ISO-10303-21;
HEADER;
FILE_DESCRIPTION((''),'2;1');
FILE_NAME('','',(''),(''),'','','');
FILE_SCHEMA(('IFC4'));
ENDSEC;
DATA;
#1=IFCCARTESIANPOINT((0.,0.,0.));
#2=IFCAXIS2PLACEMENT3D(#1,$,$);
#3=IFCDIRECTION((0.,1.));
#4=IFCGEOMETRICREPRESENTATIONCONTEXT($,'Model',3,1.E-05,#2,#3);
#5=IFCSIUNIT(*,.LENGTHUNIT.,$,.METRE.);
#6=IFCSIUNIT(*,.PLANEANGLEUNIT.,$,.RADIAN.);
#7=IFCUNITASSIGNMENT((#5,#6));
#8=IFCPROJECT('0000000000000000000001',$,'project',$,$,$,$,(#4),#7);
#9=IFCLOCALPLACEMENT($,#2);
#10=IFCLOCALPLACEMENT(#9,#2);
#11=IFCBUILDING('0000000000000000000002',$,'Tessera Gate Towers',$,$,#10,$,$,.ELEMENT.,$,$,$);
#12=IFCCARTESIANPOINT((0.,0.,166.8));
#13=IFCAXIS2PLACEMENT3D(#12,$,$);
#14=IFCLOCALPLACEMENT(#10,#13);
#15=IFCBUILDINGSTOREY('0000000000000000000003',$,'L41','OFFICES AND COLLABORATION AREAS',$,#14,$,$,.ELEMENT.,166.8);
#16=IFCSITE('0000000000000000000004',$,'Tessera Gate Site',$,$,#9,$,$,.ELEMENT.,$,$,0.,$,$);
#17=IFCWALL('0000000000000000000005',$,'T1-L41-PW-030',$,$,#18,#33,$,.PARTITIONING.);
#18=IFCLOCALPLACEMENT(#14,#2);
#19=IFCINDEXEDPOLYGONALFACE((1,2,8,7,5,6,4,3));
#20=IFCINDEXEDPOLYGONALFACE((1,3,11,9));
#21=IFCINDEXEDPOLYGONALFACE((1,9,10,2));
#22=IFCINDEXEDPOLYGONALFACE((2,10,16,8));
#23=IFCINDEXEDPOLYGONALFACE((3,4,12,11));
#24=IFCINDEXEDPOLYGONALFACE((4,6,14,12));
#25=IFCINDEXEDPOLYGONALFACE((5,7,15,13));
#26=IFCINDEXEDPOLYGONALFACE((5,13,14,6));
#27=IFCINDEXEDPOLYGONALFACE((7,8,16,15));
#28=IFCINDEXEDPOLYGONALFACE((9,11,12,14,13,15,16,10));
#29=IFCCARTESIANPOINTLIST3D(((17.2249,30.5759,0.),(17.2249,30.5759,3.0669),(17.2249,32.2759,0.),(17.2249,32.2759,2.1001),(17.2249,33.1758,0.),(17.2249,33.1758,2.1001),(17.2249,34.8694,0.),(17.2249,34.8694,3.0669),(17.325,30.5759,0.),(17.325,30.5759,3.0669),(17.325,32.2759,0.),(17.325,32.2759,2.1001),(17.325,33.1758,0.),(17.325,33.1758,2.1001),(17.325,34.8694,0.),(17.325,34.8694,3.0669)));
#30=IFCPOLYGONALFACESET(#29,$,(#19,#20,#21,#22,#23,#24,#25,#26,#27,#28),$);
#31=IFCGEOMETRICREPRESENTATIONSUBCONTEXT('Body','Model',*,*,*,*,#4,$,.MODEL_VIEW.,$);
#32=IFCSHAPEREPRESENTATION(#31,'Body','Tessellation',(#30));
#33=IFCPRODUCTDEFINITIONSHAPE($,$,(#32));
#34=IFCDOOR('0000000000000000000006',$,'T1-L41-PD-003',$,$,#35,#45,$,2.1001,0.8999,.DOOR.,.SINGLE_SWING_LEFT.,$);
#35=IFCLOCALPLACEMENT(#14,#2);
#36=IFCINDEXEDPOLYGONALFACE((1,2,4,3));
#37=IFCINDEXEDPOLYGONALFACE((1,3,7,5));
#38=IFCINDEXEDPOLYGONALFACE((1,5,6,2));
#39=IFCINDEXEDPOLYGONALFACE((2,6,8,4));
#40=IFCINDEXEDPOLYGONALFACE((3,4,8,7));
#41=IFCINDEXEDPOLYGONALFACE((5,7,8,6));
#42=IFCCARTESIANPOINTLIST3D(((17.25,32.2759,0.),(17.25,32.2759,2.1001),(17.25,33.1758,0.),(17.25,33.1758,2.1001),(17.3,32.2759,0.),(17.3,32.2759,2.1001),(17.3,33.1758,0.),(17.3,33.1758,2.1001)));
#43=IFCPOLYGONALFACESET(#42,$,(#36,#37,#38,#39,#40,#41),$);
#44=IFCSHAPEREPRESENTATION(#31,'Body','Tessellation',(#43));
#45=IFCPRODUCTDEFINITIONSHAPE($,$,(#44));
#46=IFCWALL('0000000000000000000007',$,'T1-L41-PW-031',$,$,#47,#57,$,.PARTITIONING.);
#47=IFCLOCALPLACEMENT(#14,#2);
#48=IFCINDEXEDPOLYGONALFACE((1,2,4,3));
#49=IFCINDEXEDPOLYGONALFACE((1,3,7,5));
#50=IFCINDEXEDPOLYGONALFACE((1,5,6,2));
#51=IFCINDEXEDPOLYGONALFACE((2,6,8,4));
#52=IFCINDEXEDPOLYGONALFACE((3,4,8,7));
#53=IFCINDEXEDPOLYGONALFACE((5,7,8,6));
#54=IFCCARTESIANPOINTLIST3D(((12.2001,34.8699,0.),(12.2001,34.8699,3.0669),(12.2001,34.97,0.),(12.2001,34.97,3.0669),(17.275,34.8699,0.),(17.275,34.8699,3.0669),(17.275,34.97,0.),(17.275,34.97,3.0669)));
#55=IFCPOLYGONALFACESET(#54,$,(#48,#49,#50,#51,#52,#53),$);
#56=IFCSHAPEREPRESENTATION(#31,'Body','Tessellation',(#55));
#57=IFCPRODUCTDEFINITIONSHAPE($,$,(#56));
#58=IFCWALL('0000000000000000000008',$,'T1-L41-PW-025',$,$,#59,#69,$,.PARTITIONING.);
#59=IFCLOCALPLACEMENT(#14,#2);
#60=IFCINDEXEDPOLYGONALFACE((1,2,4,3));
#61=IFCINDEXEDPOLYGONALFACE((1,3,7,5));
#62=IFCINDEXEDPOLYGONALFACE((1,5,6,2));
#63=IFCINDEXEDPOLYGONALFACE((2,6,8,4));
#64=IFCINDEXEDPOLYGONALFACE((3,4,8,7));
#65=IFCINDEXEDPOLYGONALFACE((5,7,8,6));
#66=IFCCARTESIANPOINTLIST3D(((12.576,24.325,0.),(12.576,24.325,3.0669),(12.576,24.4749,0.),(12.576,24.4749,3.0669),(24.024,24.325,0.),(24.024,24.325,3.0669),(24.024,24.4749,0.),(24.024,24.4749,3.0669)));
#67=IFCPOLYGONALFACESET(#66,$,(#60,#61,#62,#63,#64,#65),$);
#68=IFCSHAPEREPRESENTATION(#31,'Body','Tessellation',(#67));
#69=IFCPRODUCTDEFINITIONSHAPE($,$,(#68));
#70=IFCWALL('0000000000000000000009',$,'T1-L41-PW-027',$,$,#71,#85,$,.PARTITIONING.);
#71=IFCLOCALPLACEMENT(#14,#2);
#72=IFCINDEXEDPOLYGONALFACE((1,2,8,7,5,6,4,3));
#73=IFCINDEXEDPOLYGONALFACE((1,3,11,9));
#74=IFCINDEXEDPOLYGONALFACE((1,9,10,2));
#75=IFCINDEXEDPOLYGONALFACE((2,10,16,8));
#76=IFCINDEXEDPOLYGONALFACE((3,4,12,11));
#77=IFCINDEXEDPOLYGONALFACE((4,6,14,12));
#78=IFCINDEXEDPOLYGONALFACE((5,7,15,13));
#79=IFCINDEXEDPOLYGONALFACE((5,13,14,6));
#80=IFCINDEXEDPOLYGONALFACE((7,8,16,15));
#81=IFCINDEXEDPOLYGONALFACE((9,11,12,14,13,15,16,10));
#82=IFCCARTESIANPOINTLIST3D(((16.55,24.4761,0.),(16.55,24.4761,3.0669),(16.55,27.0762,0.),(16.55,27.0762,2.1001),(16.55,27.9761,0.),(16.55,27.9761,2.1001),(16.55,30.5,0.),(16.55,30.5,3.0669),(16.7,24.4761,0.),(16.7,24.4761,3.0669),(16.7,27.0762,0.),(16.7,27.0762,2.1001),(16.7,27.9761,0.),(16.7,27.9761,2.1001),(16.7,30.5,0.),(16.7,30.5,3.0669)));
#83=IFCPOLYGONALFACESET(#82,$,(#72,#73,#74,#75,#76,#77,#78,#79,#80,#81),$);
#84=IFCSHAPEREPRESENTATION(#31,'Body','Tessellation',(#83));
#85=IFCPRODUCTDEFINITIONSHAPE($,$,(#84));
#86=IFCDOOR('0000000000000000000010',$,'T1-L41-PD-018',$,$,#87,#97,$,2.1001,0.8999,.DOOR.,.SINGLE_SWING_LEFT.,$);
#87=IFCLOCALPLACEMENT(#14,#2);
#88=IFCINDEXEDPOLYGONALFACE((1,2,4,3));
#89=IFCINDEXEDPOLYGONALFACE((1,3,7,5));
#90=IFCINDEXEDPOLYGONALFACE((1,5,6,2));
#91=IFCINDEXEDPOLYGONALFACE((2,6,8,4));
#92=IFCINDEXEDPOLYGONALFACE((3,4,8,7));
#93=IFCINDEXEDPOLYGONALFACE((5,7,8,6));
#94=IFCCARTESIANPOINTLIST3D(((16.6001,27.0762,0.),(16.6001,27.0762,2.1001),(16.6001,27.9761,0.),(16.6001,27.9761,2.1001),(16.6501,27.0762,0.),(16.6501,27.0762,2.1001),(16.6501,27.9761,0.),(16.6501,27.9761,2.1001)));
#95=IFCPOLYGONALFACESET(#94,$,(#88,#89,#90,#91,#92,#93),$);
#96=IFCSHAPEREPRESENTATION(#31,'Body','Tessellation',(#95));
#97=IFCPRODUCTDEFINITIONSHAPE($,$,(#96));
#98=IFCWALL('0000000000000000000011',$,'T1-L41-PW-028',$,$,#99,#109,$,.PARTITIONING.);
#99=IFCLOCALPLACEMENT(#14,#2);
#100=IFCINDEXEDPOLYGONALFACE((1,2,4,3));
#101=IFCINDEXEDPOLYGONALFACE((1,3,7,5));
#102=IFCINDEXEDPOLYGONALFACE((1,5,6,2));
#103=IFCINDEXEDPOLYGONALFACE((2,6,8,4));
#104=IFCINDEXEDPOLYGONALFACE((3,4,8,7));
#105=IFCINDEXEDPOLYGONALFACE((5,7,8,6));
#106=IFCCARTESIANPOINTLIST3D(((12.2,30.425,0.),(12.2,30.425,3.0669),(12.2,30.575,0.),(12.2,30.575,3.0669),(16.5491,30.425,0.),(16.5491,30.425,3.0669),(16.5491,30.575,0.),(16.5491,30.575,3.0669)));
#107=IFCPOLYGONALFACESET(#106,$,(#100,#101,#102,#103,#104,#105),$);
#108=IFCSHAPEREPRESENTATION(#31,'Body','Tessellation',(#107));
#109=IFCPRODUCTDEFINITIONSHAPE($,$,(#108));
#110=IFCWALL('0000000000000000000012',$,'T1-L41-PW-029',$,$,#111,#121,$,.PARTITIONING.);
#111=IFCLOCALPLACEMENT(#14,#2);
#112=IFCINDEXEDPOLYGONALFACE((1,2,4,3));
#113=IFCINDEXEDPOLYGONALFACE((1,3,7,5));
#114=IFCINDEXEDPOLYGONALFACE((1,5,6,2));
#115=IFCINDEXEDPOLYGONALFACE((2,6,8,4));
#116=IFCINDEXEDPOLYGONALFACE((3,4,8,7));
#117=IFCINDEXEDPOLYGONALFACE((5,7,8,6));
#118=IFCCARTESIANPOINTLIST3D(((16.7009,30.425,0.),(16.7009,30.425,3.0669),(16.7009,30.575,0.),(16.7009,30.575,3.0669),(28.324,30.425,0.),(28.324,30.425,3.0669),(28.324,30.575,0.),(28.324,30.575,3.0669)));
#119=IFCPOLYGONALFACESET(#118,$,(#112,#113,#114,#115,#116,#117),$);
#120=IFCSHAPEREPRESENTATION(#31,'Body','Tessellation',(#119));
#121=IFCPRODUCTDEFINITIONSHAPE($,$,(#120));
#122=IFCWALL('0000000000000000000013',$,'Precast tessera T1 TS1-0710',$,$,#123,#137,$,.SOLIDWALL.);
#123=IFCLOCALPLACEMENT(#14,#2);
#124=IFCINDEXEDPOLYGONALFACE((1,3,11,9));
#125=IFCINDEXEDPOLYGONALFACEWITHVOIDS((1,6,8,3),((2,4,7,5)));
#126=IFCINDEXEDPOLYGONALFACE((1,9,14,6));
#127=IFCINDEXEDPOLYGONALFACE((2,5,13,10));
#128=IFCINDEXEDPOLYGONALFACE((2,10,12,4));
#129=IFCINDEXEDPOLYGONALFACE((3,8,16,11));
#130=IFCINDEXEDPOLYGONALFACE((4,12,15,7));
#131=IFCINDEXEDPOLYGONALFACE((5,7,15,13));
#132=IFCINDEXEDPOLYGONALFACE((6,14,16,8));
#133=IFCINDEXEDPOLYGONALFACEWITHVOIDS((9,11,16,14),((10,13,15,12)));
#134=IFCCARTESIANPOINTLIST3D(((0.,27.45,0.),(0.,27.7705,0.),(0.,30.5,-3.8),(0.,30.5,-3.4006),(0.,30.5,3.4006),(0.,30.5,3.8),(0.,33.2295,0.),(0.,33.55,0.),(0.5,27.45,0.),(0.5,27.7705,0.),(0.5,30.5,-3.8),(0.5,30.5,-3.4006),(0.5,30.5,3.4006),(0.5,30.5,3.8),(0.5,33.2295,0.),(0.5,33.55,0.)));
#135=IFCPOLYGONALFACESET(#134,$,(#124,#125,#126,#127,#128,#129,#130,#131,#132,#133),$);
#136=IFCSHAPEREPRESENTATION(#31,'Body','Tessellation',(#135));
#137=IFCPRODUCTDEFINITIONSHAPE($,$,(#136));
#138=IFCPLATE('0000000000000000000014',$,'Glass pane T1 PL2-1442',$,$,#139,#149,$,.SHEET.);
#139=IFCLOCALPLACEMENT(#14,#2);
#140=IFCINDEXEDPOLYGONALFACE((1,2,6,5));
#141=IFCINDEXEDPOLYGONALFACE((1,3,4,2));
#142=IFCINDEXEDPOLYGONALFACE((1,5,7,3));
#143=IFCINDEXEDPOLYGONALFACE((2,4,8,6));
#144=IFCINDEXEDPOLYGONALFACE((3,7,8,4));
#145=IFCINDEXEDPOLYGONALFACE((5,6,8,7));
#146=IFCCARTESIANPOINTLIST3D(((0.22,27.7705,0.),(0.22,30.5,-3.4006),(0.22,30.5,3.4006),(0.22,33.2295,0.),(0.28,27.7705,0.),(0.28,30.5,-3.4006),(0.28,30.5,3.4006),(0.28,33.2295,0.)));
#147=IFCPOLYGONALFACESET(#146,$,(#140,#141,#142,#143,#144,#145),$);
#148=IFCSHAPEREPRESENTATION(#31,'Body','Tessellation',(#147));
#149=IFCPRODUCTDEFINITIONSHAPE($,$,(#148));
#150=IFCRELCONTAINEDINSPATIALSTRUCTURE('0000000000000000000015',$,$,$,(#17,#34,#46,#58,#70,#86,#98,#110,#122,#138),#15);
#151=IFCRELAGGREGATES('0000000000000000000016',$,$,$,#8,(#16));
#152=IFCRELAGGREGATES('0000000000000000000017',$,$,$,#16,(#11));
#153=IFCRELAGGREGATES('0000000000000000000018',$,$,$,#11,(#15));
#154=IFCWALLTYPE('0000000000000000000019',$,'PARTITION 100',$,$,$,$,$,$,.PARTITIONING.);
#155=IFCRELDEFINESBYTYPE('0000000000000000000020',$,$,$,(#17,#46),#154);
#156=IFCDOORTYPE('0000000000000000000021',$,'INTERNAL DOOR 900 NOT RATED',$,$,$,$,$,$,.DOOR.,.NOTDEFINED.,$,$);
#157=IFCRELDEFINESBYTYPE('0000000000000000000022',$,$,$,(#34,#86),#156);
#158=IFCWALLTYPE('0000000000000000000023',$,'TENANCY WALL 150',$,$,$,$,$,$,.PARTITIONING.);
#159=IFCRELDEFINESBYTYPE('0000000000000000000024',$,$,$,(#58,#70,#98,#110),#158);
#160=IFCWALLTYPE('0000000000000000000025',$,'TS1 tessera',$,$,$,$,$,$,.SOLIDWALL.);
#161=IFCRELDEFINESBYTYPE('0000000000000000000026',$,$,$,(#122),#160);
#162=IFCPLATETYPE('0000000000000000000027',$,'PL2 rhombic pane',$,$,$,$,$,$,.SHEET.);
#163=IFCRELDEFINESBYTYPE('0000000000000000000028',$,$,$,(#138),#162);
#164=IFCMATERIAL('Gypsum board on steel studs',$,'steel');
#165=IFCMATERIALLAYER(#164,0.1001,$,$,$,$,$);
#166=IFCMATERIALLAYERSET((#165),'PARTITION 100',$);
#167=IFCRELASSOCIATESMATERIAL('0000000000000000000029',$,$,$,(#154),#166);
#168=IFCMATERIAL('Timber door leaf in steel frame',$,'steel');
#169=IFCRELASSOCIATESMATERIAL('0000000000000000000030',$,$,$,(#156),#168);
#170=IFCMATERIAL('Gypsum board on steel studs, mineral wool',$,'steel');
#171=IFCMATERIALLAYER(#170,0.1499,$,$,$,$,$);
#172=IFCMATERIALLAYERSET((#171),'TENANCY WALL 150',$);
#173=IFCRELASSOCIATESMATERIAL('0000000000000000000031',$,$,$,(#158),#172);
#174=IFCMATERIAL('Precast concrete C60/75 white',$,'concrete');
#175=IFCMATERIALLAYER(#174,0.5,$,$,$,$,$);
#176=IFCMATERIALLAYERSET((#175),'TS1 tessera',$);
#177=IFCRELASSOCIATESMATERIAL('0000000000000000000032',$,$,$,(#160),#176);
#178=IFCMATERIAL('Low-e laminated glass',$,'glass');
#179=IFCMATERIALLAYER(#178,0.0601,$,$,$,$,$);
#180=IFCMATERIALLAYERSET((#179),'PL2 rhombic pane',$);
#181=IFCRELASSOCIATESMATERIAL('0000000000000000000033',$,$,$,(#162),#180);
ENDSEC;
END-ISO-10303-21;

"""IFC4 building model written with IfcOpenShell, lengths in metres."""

from ifc_helpers import new_model, si_unit, direction, frame, frame_2d, origin, place, context, subcontext, project, spatial, polyline, rectangle, outline, extrude, source, transform, mapped, material, layer, layer_set, type_object, element, fill, save


model = new_model("IFC4")

# Units and contexts
model_context = context("Model", 3, precision=1e-05, world=origin(), true_north=direction((0.0, 1.0)))
body_context = subcontext(model_context, "Body", "Model", "MODEL_VIEW")
ifc_project = project(units=[si_unit("LENGTHUNIT", "METRE"), si_unit("PLANEANGLEUNIT", "RADIAN")], contexts=[model_context])

# Site, building, storey
site_placement = place(None, origin())
site = spatial("IfcSite", under=ifc_project, at=site_placement, Name="Tessera Gate Site", CompositionType="ELEMENT", RefElevation=0.0)
building_placement = place(site_placement, origin())
building = spatial("IfcBuilding", under=site, at=building_placement, Name="Tessera Gate Towers", CompositionType="ELEMENT")
storey_placement = place(building_placement, frame((0.0, 0.0, 166.8)))
storey = spatial("IfcBuildingStorey", under=building, at=storey_placement, Name="L41", Description="OFFICES AND COLLABORATION AREAS", CompositionType="ELEMENT", Elevation=166.8)

# Wall, opening, door
shared_shape_1 = source(origin(), body_context, "Body", "SweptSolid", [
    extrude(rectangle(XDim=0.8999, YDim=2.1001, at=frame_2d((0.45, 1.05))), frame((0.0, 0.0601, 0.0), z_axis=(0.0, -1.0, 0.0), x_axis=(1.0, 0.0, 0.0)), (0.0, 0.0, 1.0), 0.1201),
])
shared_shape_2 = source(origin(), body_context, "Body", "SweptSolid", [
    extrude(rectangle(XDim=0.8999, YDim=2.1001, at=frame_2d((0.45, 1.05))), frame((0.0, 0.0249, 0.0), z_axis=(0.0, -1.0, 0.0), x_axis=(1.0, 0.0, 0.0)), (0.0, 0.0, 1.0), 0.05),
])
ifc_material_1 = material(Name="Gypsum board on steel studs", Category="steel")
ifc_layer_1 = layer(ifc_material_1, 0.1001)
ifc_layer_set_1 = layer_set([ifc_layer_1], Name="PARTITION 100")
wall_type_1 = type_object("IfcWallType", Name="PARTITION 100", PredefinedType="PARTITIONING", material=ifc_layer_set_1)
wall_1_placement = place(storey_placement, frame((17.2749, 30.5759, 0.0), z_axis=(0.0, 0.0, 1.0), x_axis=(0.0, 1.0, 0.0)))
wall_1 = element("IfcWall", 1, at=wall_1_placement, inside=storey, type_object=wall_type_1, Name="T1-L41-PW-030", PredefinedType="PARTITIONING", context=body_context, shape_type="SweptSolid", body=[
    extrude(rectangle(XDim=4.2935, YDim=0.1001, at=frame_2d((2.1467, 0.0))), origin(), (0.0, 0.0, 1.0), 3.0669),
])
opening_1_placement = place(wall_1_placement, frame((1.7, 0.0, 0.0)))
opening_1 = element("IfcOpeningElement", 2, at=opening_1_placement, cuts=wall_1, PredefinedType="OPENING", context=body_context, shape_type="MappedRepresentation", body=[
    mapped(shared_shape_1, transform((0.0, 0.0, 0.0), scale=1.0)),
])
ifc_material_2 = material(Name="Timber door leaf in steel frame", Category="steel")
door_type_1 = type_object("IfcDoorType", Name="INTERNAL DOOR 900 NOT RATED", OperationType="NOTDEFINED", PredefinedType="DOOR", material=ifc_material_2)
door_1_placement = place(opening_1_placement, origin())
door_1 = element("IfcDoor", 3, at=door_1_placement, inside=storey, type_object=door_type_1, Name="T1-L41-PD-003", OperationType="SINGLE_SWING_LEFT", OverallHeight=2.1001, OverallWidth=0.8999, PredefinedType="DOOR", context=body_context, shape_type="MappedRepresentation", body=[
    mapped(shared_shape_2, transform((0.0, 0.0, 0.0), scale=1.0)),
])
fill(opening_1, door_1)

# Walls
wall_2_placement = place(storey_placement, frame((12.2, 34.9199, 0.0), z_axis=(0.0, 0.0, 1.0), x_axis=(1.0, 0.0, 0.0)))
element("IfcWall", 4, at=wall_2_placement, inside=storey, type_object=wall_type_1, Name="T1-L41-PW-031", PredefinedType="PARTITIONING", context=body_context, shape_type="SweptSolid", body=[
    extrude(rectangle(XDim=5.075, YDim=0.1001, at=frame_2d((2.5376, 0.0))), origin(), (0.0, 0.0, 1.0), 3.0669),
])
ifc_material_3 = material(Name="Gypsum board on steel studs, mineral wool", Category="steel")
ifc_layer_2 = layer(ifc_material_3, 0.1499)
ifc_layer_set_2 = layer_set([ifc_layer_2], Name="TENANCY WALL 150")
wall_type_2 = type_object("IfcWallType", Name="TENANCY WALL 150", PredefinedType="PARTITIONING", material=ifc_layer_set_2)
wall_3_placement = place(storey_placement, frame((12.5759, 24.3999, 0.0), z_axis=(0.0, 0.0, 1.0), x_axis=(1.0, 0.0, 0.0)))
element("IfcWall", 5, at=wall_3_placement, inside=storey, type_object=wall_type_2, Name="T1-L41-PW-025", PredefinedType="PARTITIONING", context=body_context, shape_type="SweptSolid", body=[
    extrude(rectangle(XDim=11.448, YDim=0.1499, at=frame_2d((5.7241, 0.0))), origin(), (0.0, 0.0, 1.0), 3.0669),
])

# Wall, opening, door
wall_4_placement = place(storey_placement, frame((16.625, 24.4761, 0.0), z_axis=(0.0, 0.0, 1.0), x_axis=(0.0, 1.0, 0.0)))
wall_4 = element("IfcWall", 6, at=wall_4_placement, inside=storey, type_object=wall_type_2, Name="T1-L41-PW-027", PredefinedType="PARTITIONING", context=body_context, shape_type="SweptSolid", body=[
    extrude(rectangle(XDim=6.0239, YDim=0.1499, at=frame_2d((3.012, 0.0))), origin(), (0.0, 0.0, 1.0), 3.0669),
])
shared_shape_3 = source(origin(), body_context, "Body", "SweptSolid", [
    extrude(rectangle(XDim=0.8999, YDim=2.1001, at=frame_2d((0.45, 1.05))), frame((0.0, 0.085, 0.0), z_axis=(0.0, -1.0, 0.0), x_axis=(1.0, 0.0, 0.0)), (0.0, 0.0, 1.0), 0.1699),
])
opening_2_placement = place(wall_4_placement, frame((2.6001, 0.0, 0.0)))
opening_2 = element("IfcOpeningElement", 7, at=opening_2_placement, cuts=wall_4, PredefinedType="OPENING", context=body_context, shape_type="MappedRepresentation", body=[
    mapped(shared_shape_3, transform((0.0, 0.0, 0.0), scale=1.0)),
])
door_2_placement = place(opening_2_placement, origin())
door_2 = element("IfcDoor", 8, at=door_2_placement, inside=storey, type_object=door_type_1, Name="T1-L41-PD-018", OperationType="SINGLE_SWING_LEFT", OverallHeight=2.1001, OverallWidth=0.8999, PredefinedType="DOOR", context=body_context, shape_type="MappedRepresentation", body=[
    mapped(shared_shape_2, transform((0.0, 0.0, 0.0), scale=1.0)),
])
fill(opening_2, door_2)

# Walls
wall_5_placement = place(storey_placement, frame((12.2, 30.5, 0.0), z_axis=(0.0, 0.0, 1.0), x_axis=(1.0, 0.0, 0.0)))
element("IfcWall", 9, at=wall_5_placement, inside=storey, type_object=wall_type_2, Name="T1-L41-PW-028", PredefinedType="PARTITIONING", context=body_context, shape_type="SweptSolid", body=[
    extrude(rectangle(XDim=4.3491, YDim=0.1499, at=frame_2d((2.1746, 0.0))), origin(), (0.0, 0.0, 1.0), 3.0669),
])
wall_6_placement = place(storey_placement, frame((16.7009, 30.5, 0.0), z_axis=(0.0, 0.0, 1.0), x_axis=(1.0, 0.0, 0.0)))
element("IfcWall", 10, at=wall_6_placement, inside=storey, type_object=wall_type_2, Name="T1-L41-PW-029", PredefinedType="PARTITIONING", context=body_context, shape_type="SweptSolid", body=[
    extrude(rectangle(XDim=11.623, YDim=0.1499, at=frame_2d((5.8115, 0.0))), origin(), (0.0, 0.0, 1.0), 3.0669),
])

# Wall, opening, plate
ifc_material_4 = material(Name="Precast concrete C60/75 white", Category="concrete")
ifc_layer_3 = layer(ifc_material_4, 0.5)
ifc_layer_set_3 = layer_set([ifc_layer_3], Name="TS1 tessera")
wall_type_3 = type_object("IfcWallType", Name="TS1 tessera", PredefinedType="SOLIDWALL", material=ifc_layer_set_3)
shared_shape_4 = source(origin(), body_context, "Body", "SweptSolid", [
    extrude(outline(polyline([(3.05, 0.0), (6.1001, 3.8), (3.05, 7.6001), (0.0, 3.8), (3.05, 0.0)])), frame((0.0, 0.25, 0.0), z_axis=(0.0, -1.0, 0.0), x_axis=(1.0, 0.0, 0.0)), (0.0, 0.0, 1.0), 0.5),
])
wall_7_placement = place(storey_placement, frame((0.25, 33.55, -3.8), z_axis=(0.0, 0.0, 1.0), x_axis=(0.0, -1.0, 0.0)))
wall_7 = element("IfcWall", 11, at=wall_7_placement, inside=storey, type_object=wall_type_3, Name="Precast tessera T1 TS1-0710", PredefinedType="SOLIDWALL", context=body_context, shape_type="MappedRepresentation", body=[
    mapped(shared_shape_4, transform((0.0, 0.0, 0.0), scale=1.0)),
])
shared_shape_5 = source(origin(), body_context, "Body", "SweptSolid", [
    extrude(outline(polyline([(3.05, 0.3994), (5.7795, 3.8), (3.05, 7.2007), (0.3206, 3.8), (3.05, 0.3994)])), frame((0.0, 0.26, 0.0), z_axis=(0.0, -1.0, 0.0), x_axis=(1.0, 0.0, 0.0)), (0.0, 0.0, 1.0), 0.52),
])
opening_3_placement = place(wall_7_placement, origin())
opening_3 = element("IfcOpeningElement", 12, at=opening_3_placement, cuts=wall_7, PredefinedType="OPENING", context=body_context, shape_type="MappedRepresentation", body=[
    mapped(shared_shape_5, transform((0.0, 0.0, 0.0), scale=1.0)),
])
ifc_material_5 = material(Name="Low-e laminated glass", Category="glass")
ifc_layer_4 = layer(ifc_material_5, 0.0601)
ifc_layer_set_4 = layer_set([ifc_layer_4], Name="PL2 rhombic pane")
plate_type = type_object("IfcPlateType", Name="PL2 rhombic pane", PredefinedType="SHEET", material=ifc_layer_set_4)
shared_shape_6 = source(origin(), body_context, "Body", "SweptSolid", [
    extrude(outline(polyline([(3.05, 0.3994), (5.7795, 3.8), (3.05, 7.2007), (0.3206, 3.8), (3.05, 0.3994)])), frame((0.0, 0.03, 0.0), z_axis=(0.0, -1.0, 0.0), x_axis=(1.0, 0.0, 0.0)), (0.0, 0.0, 1.0), 0.0601),
])
plate_placement = place(opening_3_placement, origin())
plate = element("IfcPlate", 13, at=plate_placement, inside=storey, type_object=plate_type, Name="Glass pane T1 PL2-1442", PredefinedType="SHEET", context=body_context, shape_type="MappedRepresentation", body=[
    mapped(shared_shape_6, transform((0.0, 0.0, 0.0), scale=1.0)),
])
fill(opening_3, plate)

save(model, "model.ifc")
